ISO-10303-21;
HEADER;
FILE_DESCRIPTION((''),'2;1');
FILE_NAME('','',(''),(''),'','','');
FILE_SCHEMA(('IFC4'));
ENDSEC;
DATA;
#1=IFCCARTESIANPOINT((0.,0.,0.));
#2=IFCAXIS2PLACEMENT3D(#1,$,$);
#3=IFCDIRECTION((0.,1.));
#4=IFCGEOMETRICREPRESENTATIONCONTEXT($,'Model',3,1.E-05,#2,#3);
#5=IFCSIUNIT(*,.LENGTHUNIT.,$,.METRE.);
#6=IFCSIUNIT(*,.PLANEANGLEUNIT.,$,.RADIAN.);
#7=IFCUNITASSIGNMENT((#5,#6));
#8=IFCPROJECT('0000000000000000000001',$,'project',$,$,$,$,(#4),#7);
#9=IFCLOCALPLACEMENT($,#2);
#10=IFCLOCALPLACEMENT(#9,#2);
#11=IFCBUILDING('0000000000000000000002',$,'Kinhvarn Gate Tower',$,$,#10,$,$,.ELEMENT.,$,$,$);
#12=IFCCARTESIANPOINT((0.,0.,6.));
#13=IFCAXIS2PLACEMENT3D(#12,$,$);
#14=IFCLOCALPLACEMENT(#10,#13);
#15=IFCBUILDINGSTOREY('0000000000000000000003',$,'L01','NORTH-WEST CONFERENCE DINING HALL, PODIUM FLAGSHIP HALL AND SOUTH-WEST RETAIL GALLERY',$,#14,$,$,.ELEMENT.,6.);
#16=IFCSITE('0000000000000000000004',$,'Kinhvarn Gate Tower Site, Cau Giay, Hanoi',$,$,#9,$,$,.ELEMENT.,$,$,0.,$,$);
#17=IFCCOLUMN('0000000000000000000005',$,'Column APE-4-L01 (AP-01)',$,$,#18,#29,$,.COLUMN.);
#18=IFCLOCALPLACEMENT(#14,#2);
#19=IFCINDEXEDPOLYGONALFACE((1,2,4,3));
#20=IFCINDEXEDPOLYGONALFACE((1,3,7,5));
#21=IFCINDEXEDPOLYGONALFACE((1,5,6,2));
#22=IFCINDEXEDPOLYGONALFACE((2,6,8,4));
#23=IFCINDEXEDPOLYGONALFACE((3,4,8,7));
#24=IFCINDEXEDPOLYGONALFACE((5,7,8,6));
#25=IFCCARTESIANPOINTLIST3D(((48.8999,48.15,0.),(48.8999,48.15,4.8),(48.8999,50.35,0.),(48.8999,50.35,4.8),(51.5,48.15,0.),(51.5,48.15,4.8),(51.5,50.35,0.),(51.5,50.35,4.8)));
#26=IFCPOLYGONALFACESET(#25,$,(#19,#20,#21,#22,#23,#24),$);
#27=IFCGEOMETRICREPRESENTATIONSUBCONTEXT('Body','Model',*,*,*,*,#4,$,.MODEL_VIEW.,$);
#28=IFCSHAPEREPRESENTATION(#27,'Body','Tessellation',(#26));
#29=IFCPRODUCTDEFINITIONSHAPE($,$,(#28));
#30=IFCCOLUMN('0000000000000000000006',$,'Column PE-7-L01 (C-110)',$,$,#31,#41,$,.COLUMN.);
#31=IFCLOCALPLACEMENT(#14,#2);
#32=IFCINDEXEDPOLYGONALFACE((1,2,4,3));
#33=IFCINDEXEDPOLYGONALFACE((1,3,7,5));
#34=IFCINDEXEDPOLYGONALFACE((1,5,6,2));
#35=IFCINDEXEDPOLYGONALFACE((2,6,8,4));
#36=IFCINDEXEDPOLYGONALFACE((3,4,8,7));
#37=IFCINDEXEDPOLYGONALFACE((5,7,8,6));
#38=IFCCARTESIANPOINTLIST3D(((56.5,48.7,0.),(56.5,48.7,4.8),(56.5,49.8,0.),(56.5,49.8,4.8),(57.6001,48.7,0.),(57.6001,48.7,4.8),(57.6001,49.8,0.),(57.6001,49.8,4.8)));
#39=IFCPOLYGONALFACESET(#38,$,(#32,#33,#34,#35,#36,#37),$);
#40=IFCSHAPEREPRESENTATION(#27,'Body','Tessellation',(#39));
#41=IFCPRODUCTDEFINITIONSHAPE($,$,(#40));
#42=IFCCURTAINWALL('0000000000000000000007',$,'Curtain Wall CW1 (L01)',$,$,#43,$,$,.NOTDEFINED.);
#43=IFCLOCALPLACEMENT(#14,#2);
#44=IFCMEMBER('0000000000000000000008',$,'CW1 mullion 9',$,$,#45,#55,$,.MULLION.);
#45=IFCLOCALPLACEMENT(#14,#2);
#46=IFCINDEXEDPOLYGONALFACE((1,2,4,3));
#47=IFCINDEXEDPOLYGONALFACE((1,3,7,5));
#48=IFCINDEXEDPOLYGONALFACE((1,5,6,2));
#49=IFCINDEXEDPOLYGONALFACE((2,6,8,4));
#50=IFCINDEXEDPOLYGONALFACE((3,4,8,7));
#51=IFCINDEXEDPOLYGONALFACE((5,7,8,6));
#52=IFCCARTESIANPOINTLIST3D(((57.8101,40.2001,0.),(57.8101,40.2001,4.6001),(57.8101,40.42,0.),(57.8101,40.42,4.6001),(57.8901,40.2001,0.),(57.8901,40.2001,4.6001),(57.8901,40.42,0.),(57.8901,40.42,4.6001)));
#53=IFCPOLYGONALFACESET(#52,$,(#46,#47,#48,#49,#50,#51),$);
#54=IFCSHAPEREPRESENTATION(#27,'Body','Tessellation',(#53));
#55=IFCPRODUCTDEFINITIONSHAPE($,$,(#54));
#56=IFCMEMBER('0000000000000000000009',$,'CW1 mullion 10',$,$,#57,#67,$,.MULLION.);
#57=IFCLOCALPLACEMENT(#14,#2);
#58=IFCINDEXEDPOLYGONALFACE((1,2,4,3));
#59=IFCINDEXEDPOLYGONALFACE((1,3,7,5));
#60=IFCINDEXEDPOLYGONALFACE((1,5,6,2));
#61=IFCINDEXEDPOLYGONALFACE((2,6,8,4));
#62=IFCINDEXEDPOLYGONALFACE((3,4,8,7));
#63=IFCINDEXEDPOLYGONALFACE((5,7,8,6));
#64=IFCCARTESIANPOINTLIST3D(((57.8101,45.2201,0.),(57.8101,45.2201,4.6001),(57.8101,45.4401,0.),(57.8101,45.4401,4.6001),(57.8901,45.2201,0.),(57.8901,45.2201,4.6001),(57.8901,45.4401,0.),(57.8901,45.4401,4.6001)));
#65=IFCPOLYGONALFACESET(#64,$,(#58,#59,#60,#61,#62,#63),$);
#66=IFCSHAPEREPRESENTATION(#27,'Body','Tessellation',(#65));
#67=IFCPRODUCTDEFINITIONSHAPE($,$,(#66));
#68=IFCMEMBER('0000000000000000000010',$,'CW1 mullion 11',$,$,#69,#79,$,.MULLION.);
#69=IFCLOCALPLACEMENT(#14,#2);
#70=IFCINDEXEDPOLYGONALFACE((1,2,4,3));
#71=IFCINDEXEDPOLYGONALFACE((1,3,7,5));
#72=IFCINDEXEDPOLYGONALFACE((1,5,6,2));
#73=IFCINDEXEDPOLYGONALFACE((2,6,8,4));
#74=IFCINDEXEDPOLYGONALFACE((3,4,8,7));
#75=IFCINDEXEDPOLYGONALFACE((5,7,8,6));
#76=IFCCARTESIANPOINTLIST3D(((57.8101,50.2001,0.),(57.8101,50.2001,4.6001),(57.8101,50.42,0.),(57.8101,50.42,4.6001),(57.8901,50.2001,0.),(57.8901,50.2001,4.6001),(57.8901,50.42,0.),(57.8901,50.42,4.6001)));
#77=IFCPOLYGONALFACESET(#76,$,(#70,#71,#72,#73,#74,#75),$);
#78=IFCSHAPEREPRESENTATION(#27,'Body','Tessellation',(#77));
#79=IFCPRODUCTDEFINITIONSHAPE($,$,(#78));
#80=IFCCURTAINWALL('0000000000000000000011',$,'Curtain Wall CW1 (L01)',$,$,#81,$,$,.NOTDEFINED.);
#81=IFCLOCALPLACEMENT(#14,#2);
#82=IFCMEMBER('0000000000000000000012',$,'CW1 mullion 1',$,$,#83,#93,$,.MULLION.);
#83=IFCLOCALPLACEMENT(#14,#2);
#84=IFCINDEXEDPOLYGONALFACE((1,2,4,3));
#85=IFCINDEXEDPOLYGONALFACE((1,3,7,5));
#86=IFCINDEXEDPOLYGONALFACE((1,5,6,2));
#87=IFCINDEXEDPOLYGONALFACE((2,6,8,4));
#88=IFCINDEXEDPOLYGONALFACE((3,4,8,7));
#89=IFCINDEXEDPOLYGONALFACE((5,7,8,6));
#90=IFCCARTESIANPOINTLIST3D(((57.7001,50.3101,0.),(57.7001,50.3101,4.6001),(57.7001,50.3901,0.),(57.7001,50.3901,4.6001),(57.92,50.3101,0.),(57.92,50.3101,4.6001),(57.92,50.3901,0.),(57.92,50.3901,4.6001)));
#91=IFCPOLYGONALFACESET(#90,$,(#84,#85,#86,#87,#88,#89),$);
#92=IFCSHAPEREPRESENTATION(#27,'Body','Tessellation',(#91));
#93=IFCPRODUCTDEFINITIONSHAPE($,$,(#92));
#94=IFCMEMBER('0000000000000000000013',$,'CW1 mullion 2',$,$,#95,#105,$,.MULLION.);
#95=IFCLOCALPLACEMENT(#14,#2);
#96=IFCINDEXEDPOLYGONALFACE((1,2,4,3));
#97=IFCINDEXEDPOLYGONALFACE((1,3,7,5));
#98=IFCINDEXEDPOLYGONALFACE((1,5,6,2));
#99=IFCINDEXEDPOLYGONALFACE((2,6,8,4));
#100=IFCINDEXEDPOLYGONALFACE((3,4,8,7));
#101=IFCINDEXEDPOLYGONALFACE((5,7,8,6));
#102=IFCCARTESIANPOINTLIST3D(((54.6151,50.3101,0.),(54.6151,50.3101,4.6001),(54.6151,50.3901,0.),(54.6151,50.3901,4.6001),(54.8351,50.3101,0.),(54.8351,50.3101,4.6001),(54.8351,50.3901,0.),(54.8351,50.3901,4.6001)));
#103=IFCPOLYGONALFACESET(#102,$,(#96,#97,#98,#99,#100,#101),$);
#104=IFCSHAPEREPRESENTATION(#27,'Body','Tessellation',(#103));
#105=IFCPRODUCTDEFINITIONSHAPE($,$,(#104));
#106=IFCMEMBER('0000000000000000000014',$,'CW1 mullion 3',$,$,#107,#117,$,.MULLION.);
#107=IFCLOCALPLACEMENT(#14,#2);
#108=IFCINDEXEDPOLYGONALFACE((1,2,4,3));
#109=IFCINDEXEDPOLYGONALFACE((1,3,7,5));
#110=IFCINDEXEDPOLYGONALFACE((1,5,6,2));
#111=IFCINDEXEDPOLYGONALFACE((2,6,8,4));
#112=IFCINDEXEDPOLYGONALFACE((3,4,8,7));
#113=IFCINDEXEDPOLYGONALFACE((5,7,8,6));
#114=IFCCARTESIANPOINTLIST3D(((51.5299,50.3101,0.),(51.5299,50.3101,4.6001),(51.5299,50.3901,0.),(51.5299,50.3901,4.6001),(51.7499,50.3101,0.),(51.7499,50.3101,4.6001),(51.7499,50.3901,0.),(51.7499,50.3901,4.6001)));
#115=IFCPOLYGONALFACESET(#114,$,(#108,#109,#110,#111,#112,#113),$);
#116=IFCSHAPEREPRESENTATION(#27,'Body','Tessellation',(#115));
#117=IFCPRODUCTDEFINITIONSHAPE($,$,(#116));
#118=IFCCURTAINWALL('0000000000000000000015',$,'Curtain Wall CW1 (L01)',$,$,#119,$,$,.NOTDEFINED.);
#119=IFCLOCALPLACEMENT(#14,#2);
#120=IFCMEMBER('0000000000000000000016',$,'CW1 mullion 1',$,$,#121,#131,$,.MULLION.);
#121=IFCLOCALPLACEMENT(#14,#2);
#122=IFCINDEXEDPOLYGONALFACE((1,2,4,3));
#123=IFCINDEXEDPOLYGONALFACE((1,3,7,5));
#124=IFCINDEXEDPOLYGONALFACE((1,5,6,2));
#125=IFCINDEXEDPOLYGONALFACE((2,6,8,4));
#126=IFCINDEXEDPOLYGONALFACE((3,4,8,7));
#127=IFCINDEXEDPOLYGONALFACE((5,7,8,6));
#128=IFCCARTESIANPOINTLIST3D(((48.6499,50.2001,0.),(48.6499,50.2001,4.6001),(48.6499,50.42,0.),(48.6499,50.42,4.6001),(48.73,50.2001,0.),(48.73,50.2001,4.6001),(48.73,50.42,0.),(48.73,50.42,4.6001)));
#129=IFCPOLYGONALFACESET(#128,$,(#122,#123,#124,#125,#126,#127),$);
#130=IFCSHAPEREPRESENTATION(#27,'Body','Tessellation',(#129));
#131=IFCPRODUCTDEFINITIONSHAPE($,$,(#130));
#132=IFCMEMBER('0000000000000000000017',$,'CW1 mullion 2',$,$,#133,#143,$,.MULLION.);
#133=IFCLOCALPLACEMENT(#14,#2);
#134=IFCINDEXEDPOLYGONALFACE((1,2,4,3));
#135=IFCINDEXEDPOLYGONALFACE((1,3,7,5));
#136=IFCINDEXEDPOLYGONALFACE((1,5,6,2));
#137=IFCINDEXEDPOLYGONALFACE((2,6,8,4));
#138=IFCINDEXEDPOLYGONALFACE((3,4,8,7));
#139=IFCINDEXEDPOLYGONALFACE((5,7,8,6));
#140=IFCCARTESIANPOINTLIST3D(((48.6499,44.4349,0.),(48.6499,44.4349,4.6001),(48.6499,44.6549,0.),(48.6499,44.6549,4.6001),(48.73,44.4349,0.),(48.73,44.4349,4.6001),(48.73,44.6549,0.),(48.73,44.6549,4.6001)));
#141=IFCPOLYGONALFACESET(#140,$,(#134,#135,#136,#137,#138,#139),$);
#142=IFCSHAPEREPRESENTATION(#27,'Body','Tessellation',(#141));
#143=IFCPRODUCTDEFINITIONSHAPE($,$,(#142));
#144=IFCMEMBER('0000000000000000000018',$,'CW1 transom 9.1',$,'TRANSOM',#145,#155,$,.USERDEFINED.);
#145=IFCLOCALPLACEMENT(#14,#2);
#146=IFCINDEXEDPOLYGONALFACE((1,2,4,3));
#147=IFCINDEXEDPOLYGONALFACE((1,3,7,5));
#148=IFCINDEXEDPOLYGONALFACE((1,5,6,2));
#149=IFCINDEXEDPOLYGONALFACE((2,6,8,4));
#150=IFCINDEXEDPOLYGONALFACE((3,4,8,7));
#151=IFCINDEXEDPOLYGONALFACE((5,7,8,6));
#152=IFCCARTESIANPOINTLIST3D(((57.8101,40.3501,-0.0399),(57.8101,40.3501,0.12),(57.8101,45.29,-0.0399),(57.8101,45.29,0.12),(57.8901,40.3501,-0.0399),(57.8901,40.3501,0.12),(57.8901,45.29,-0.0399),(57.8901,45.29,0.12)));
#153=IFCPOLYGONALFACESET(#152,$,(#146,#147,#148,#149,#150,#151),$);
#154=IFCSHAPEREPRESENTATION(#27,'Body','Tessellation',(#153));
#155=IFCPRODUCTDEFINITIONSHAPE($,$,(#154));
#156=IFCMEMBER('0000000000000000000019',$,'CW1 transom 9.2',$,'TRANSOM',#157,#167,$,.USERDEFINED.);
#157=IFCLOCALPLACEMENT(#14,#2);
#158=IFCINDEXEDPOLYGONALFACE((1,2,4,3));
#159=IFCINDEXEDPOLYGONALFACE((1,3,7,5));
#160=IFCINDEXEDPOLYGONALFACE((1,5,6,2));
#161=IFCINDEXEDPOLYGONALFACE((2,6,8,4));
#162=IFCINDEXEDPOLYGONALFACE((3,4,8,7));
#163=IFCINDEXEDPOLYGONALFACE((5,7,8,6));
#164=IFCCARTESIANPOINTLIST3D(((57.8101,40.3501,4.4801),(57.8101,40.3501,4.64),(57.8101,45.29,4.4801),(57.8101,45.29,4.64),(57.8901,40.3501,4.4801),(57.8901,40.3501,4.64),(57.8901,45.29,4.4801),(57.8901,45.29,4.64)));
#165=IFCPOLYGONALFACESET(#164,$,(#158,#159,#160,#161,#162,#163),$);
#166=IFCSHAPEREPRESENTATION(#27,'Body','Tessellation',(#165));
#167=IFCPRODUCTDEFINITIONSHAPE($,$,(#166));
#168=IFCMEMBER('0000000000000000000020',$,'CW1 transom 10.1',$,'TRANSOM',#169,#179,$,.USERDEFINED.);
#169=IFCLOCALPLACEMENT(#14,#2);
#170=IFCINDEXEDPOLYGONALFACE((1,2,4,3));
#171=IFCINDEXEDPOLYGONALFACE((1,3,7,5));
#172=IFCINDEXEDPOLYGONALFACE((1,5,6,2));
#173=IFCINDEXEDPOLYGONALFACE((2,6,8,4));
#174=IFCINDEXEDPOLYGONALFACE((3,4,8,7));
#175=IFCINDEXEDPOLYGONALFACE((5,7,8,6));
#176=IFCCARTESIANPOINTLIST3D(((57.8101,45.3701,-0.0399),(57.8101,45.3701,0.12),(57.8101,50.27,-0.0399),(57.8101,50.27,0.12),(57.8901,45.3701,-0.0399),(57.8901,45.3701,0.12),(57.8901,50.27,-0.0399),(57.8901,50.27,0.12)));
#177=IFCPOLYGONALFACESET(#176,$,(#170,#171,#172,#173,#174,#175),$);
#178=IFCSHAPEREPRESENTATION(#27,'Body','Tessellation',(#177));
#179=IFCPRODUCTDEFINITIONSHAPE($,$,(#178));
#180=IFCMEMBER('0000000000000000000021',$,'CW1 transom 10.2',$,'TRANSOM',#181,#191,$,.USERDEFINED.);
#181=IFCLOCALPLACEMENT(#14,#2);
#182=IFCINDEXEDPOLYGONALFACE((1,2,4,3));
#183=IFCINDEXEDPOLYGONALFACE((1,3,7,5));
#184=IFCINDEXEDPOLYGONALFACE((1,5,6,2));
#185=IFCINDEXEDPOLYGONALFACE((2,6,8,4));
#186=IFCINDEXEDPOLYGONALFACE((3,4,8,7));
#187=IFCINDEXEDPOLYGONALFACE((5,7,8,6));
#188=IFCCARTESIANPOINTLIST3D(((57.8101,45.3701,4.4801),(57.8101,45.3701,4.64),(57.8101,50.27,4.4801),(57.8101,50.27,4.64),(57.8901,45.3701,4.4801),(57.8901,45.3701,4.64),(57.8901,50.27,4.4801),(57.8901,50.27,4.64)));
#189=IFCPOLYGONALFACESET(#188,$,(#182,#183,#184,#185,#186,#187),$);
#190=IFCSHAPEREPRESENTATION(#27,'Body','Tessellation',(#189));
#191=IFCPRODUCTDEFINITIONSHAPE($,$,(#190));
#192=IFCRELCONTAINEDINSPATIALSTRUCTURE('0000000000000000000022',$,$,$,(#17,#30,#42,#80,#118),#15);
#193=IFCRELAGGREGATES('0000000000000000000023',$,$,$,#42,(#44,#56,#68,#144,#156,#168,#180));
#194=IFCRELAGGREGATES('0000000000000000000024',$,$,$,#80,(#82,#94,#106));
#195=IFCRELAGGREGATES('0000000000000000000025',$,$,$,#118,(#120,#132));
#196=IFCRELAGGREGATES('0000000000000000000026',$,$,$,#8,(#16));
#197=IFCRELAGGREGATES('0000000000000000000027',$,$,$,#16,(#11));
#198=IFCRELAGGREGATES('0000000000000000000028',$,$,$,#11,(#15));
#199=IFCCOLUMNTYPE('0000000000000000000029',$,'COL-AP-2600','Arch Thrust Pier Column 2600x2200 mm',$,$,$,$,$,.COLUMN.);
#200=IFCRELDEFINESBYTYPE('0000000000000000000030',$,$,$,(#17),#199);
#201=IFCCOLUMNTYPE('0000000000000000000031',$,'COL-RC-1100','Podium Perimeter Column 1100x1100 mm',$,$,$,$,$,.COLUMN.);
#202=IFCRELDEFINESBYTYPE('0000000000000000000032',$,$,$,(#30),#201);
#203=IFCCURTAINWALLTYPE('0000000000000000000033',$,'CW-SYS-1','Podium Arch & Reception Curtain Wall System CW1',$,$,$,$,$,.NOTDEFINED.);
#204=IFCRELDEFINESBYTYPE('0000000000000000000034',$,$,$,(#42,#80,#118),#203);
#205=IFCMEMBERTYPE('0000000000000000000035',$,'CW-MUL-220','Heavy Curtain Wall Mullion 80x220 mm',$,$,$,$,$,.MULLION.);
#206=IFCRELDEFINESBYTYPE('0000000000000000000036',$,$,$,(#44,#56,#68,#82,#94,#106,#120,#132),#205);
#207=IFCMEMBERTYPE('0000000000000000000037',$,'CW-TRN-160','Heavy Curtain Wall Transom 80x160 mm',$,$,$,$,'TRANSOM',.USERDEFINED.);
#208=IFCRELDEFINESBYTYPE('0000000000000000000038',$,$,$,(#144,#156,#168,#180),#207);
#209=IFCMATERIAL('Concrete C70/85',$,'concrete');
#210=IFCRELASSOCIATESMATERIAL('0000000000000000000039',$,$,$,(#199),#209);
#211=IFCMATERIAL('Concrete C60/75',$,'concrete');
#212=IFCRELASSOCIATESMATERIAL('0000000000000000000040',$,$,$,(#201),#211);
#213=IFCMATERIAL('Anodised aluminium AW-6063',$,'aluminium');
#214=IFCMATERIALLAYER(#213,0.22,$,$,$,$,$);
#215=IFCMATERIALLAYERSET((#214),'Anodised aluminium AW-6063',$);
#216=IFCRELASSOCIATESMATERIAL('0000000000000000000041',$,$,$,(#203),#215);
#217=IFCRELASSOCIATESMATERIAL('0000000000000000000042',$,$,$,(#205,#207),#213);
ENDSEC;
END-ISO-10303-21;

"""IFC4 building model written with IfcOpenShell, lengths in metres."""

from ifc_helpers import new_model, si_unit, direction, frame, origin, origin_2d, place, context, subcontext, project, spatial, rectangle, extrude, material, layer, layer_set, material_profile, profile_set, type_object, element, aggregate, save


model = new_model("IFC4")

# Units and contexts
model_context = context("Model", 3, precision=1e-05, world=origin(), true_north=direction((0.0, 1.0)))
body_context = subcontext(model_context, "Body", "Model", "MODEL_VIEW")
ifc_project = project(units=[si_unit("LENGTHUNIT", "METRE"), si_unit("PLANEANGLEUNIT", "RADIAN")], contexts=[model_context])

# Site, building, storey
site_placement = place(None, origin())
site = spatial("IfcSite", under=ifc_project, at=site_placement, Name="Kinhvarn Gate Tower Site, Cau Giay, Hanoi", CompositionType="ELEMENT", RefElevation=0.0)
building_placement = place(site_placement, origin())
building = spatial("IfcBuilding", under=site, at=building_placement, Name="Kinhvarn Gate Tower", CompositionType="ELEMENT")
storey_placement = place(building_placement, frame((0.0, 0.0, 6.0)))
storey = spatial("IfcBuildingStorey", under=building, at=storey_placement, Name="L01", Description="NORTH-WEST CONFERENCE DINING HALL, PODIUM FLAGSHIP HALL AND SOUTH-WEST RETAIL GALLERY", CompositionType="ELEMENT", Elevation=6.0)

# Columns
ifc_material_1 = material(Name="Concrete C70/85", Category="concrete")
ifc_material_profile_1 = material_profile(ifc_material_1, rectangle(XDim=2.6001, YDim=2.2, at=origin_2d()), Name="RC 2600x2200")
ifc_profile_set_1 = profile_set([ifc_material_profile_1], Name="Concrete C70/85")
column_type_1 = type_object("IfcColumnType", Name="COL-AP-2600", Description="Arch Thrust Pier Column 2600x2200 mm", PredefinedType="COLUMN", material=ifc_profile_set_1)
column_1_placement = place(storey_placement, frame((50.2, 49.25, 0.0), z_axis=(0.0, 0.0, 1.0), x_axis=(1.0, 0.0, 0.0)))
element("IfcColumn", 1, at=column_1_placement, inside=storey, type_object=column_type_1, Name="Column APE-4-L01 (AP-01)", PredefinedType="COLUMN", context=body_context, shape_type="SweptSolid", body=[
    extrude(rectangle(XDim=2.6001, YDim=2.2, at=origin_2d()), origin(), (0.0, 0.0, 1.0), 4.8),
])
ifc_material_2 = material(Name="Concrete C60/75", Category="concrete")
ifc_material_profile_2 = material_profile(ifc_material_2, rectangle(XDim=1.1001, YDim=1.1001, at=origin_2d()), Name="RC 1100x1100")
ifc_profile_set_2 = profile_set([ifc_material_profile_2], Name="Concrete C60/75")
column_type_2 = type_object("IfcColumnType", Name="COL-RC-1100", Description="Podium Perimeter Column 1100x1100 mm", PredefinedType="COLUMN", material=ifc_profile_set_2)
column_2_placement = place(storey_placement, frame((57.05, 49.25, 0.0), z_axis=(0.0, 0.0, 1.0), x_axis=(1.0, 0.0, 0.0)))
element("IfcColumn", 2, at=column_2_placement, inside=storey, type_object=column_type_2, Name="Column PE-7-L01 (C-110)", PredefinedType="COLUMN", context=body_context, shape_type="SweptSolid", body=[
    extrude(rectangle(XDim=1.1001, YDim=1.1001, at=origin_2d()), origin(), (0.0, 0.0, 1.0), 4.8),
])

# Curtain walls, members
ifc_material_3 = material(Name="Anodised aluminium AW-6063", Category="aluminium")
ifc_layer_1 = layer(ifc_material_3, 0.22)
ifc_layer_set_1 = layer_set([ifc_layer_1], Name="Anodised aluminium AW-6063")
curtain_wall_type = type_object("IfcCurtainWallType", Name="CW-SYS-1", Description="Podium Arch & Reception Curtain Wall System CW1", PredefinedType="NOTDEFINED", material=ifc_layer_set_1)
curtain_wall_1_placement = place(storey_placement, origin())
curtain_wall_1 = element("IfcCurtainWall", 3, at=curtain_wall_1_placement, inside=storey, type_object=curtain_wall_type, Name="Curtain Wall CW1 (L01)", PredefinedType="NOTDEFINED")
ifc_material_profile_3 = material_profile(ifc_material_3, rectangle(XDim=0.0801, YDim=0.22, at=origin_2d()), Name="ALU 80x220")
ifc_profile_set_3 = profile_set([ifc_material_profile_3], Name="Anodised aluminium AW-6063")
member_type_1 = type_object("IfcMemberType", Name="CW-MUL-220", Description="Heavy Curtain Wall Mullion 80x220 mm", PredefinedType="MULLION", material=ifc_profile_set_3)
member_1_placement = place(storey_placement, frame((57.8501, 40.3101, 0.0), z_axis=(0.0, 0.0, 1.0), x_axis=(-1.0, 0.0, 0.0)))
member_1 = element("IfcMember", 4, at=member_1_placement, type_object=member_type_1, Name="CW1 mullion 9", PredefinedType="MULLION", context=body_context, shape_type="SweptSolid", body=[
    extrude(rectangle(XDim=0.0801, YDim=0.22, at=origin_2d()), origin(), (0.0, 0.0, 1.0), 4.6001),
])
member_2_placement = place(storey_placement, frame((57.8501, 45.3301, 0.0), z_axis=(0.0, 0.0, 1.0), x_axis=(-1.0, 0.0, 0.0)))
member_2 = element("IfcMember", 5, at=member_2_placement, type_object=member_type_1, Name="CW1 mullion 10", PredefinedType="MULLION", context=body_context, shape_type="SweptSolid", body=[
    extrude(rectangle(XDim=0.0801, YDim=0.22, at=origin_2d()), origin(), (0.0, 0.0, 1.0), 4.6001),
])
member_3_placement = place(storey_placement, frame((57.8501, 50.3101, 0.0), z_axis=(0.0, 0.0, 1.0), x_axis=(-1.0, 0.0, 0.0)))
member_3 = element("IfcMember", 6, at=member_3_placement, type_object=member_type_1, Name="CW1 mullion 11", PredefinedType="MULLION", context=body_context, shape_type="SweptSolid", body=[
    extrude(rectangle(XDim=0.0801, YDim=0.22, at=origin_2d()), origin(), (0.0, 0.0, 1.0), 4.6001),
])
curtain_wall_2_placement = place(storey_placement, origin())
curtain_wall_2 = element("IfcCurtainWall", 7, at=curtain_wall_2_placement, inside=storey, type_object=curtain_wall_type, Name="Curtain Wall CW1 (L01)", PredefinedType="NOTDEFINED")
member_4_placement = place(storey_placement, frame((57.8101, 50.3501, 0.0), z_axis=(0.0, 0.0, 1.0), x_axis=(0.0, -1.0, 0.0)))
member_4 = element("IfcMember", 8, at=member_4_placement, type_object=member_type_1, Name="CW1 mullion 1", PredefinedType="MULLION", context=body_context, shape_type="SweptSolid", body=[
    extrude(rectangle(XDim=0.0801, YDim=0.22, at=origin_2d()), origin(), (0.0, 0.0, 1.0), 4.6001),
])
member_5_placement = place(storey_placement, frame((54.7251, 50.3501, 0.0), z_axis=(0.0, 0.0, 1.0), x_axis=(0.0, -1.0, 0.0)))
member_5 = element("IfcMember", 9, at=member_5_placement, type_object=member_type_1, Name="CW1 mullion 2", PredefinedType="MULLION", context=body_context, shape_type="SweptSolid", body=[
    extrude(rectangle(XDim=0.0801, YDim=0.22, at=origin_2d()), origin(), (0.0, 0.0, 1.0), 4.6001),
])
member_6_placement = place(storey_placement, frame((51.6399, 50.3501, 0.0), z_axis=(0.0, 0.0, 1.0), x_axis=(0.0, -1.0, 0.0)))
member_6 = element("IfcMember", 10, at=member_6_placement, type_object=member_type_1, Name="CW1 mullion 3", PredefinedType="MULLION", context=body_context, shape_type="SweptSolid", body=[
    extrude(rectangle(XDim=0.0801, YDim=0.22, at=origin_2d()), origin(), (0.0, 0.0, 1.0), 4.6001),
])
curtain_wall_3_placement = place(storey_placement, origin())
curtain_wall_3 = element("IfcCurtainWall", 11, at=curtain_wall_3_placement, inside=storey, type_object=curtain_wall_type, Name="Curtain Wall CW1 (L01)", PredefinedType="NOTDEFINED")
member_7_placement = place(storey_placement, frame((48.6899, 50.3101, 0.0), z_axis=(0.0, 0.0, 1.0), x_axis=(1.0, 0.0, 0.0)))
member_7 = element("IfcMember", 12, at=member_7_placement, type_object=member_type_1, Name="CW1 mullion 1", PredefinedType="MULLION", context=body_context, shape_type="SweptSolid", body=[
    extrude(rectangle(XDim=0.0801, YDim=0.22, at=origin_2d()), origin(), (0.0, 0.0, 1.0), 4.6001),
])
member_8_placement = place(storey_placement, frame((48.6899, 44.5449, 0.0), z_axis=(0.0, 0.0, 1.0), x_axis=(1.0, 0.0, 0.0)))
member_8 = element("IfcMember", 13, at=member_8_placement, type_object=member_type_1, Name="CW1 mullion 2", PredefinedType="MULLION", context=body_context, shape_type="SweptSolid", body=[
    extrude(rectangle(XDim=0.0801, YDim=0.22, at=origin_2d()), origin(), (0.0, 0.0, 1.0), 4.6001),
])

# Members
ifc_material_profile_4 = material_profile(ifc_material_3, rectangle(XDim=0.0801, YDim=0.1599, at=origin_2d()), Name="ALU 80x160")
ifc_profile_set_4 = profile_set([ifc_material_profile_4], Name="Anodised aluminium AW-6063")
member_type_2 = type_object("IfcMemberType", Name="CW-TRN-160", Description="Heavy Curtain Wall Transom 80x160 mm", ElementType="TRANSOM", PredefinedType="USERDEFINED", material=ifc_profile_set_4)
member_9_placement = place(storey_placement, frame((57.8501, 40.3501, 0.04), z_axis=(0.0, 1.0, 0.0), x_axis=(-1.0, 0.0, 0.0)))
member_9 = element("IfcMember", 14, at=member_9_placement, type_object=member_type_2, Name="CW1 transom 9.1", ObjectType="TRANSOM", PredefinedType="USERDEFINED", context=body_context, shape_type="SweptSolid", body=[
    extrude(rectangle(XDim=0.0801, YDim=0.1599, at=origin_2d()), origin(), (0.0, 0.0, 1.0), 4.9399),
])
member_10_placement = place(storey_placement, frame((57.8501, 40.3501, 4.5601), z_axis=(0.0, 1.0, 0.0), x_axis=(-1.0, 0.0, 0.0)))
member_10 = element("IfcMember", 15, at=member_10_placement, type_object=member_type_2, Name="CW1 transom 9.2", ObjectType="TRANSOM", PredefinedType="USERDEFINED", context=body_context, shape_type="SweptSolid", body=[
    extrude(rectangle(XDim=0.0801, YDim=0.1599, at=origin_2d()), origin(), (0.0, 0.0, 1.0), 4.9399),
])
member_11_placement = place(storey_placement, frame((57.8501, 45.3701, 0.04), z_axis=(0.0, 1.0, 0.0), x_axis=(-1.0, 0.0, 0.0)))
member_11 = element("IfcMember", 16, at=member_11_placement, type_object=member_type_2, Name="CW1 transom 10.1", ObjectType="TRANSOM", PredefinedType="USERDEFINED", context=body_context, shape_type="SweptSolid", body=[
    extrude(rectangle(XDim=0.0801, YDim=0.1599, at=origin_2d()), origin(), (0.0, 0.0, 1.0), 4.8999),
])
member_12_placement = place(storey_placement, frame((57.8501, 45.3701, 4.5601), z_axis=(0.0, 1.0, 0.0), x_axis=(-1.0, 0.0, 0.0)))
member_12 = element("IfcMember", 17, at=member_12_placement, type_object=member_type_2, Name="CW1 transom 10.2", ObjectType="TRANSOM", PredefinedType="USERDEFINED", context=body_context, shape_type="SweptSolid", body=[
    extrude(rectangle(XDim=0.0801, YDim=0.1599, at=origin_2d()), origin(), (0.0, 0.0, 1.0), 4.8999),
])

aggregate(curtain_wall_1, [member_1, member_2, member_3, member_9, member_10, member_11, member_12])
aggregate(curtain_wall_2, [member_4, member_5, member_6])
aggregate(curtain_wall_3, [member_7, member_8])

save(model, "model.ifc")
